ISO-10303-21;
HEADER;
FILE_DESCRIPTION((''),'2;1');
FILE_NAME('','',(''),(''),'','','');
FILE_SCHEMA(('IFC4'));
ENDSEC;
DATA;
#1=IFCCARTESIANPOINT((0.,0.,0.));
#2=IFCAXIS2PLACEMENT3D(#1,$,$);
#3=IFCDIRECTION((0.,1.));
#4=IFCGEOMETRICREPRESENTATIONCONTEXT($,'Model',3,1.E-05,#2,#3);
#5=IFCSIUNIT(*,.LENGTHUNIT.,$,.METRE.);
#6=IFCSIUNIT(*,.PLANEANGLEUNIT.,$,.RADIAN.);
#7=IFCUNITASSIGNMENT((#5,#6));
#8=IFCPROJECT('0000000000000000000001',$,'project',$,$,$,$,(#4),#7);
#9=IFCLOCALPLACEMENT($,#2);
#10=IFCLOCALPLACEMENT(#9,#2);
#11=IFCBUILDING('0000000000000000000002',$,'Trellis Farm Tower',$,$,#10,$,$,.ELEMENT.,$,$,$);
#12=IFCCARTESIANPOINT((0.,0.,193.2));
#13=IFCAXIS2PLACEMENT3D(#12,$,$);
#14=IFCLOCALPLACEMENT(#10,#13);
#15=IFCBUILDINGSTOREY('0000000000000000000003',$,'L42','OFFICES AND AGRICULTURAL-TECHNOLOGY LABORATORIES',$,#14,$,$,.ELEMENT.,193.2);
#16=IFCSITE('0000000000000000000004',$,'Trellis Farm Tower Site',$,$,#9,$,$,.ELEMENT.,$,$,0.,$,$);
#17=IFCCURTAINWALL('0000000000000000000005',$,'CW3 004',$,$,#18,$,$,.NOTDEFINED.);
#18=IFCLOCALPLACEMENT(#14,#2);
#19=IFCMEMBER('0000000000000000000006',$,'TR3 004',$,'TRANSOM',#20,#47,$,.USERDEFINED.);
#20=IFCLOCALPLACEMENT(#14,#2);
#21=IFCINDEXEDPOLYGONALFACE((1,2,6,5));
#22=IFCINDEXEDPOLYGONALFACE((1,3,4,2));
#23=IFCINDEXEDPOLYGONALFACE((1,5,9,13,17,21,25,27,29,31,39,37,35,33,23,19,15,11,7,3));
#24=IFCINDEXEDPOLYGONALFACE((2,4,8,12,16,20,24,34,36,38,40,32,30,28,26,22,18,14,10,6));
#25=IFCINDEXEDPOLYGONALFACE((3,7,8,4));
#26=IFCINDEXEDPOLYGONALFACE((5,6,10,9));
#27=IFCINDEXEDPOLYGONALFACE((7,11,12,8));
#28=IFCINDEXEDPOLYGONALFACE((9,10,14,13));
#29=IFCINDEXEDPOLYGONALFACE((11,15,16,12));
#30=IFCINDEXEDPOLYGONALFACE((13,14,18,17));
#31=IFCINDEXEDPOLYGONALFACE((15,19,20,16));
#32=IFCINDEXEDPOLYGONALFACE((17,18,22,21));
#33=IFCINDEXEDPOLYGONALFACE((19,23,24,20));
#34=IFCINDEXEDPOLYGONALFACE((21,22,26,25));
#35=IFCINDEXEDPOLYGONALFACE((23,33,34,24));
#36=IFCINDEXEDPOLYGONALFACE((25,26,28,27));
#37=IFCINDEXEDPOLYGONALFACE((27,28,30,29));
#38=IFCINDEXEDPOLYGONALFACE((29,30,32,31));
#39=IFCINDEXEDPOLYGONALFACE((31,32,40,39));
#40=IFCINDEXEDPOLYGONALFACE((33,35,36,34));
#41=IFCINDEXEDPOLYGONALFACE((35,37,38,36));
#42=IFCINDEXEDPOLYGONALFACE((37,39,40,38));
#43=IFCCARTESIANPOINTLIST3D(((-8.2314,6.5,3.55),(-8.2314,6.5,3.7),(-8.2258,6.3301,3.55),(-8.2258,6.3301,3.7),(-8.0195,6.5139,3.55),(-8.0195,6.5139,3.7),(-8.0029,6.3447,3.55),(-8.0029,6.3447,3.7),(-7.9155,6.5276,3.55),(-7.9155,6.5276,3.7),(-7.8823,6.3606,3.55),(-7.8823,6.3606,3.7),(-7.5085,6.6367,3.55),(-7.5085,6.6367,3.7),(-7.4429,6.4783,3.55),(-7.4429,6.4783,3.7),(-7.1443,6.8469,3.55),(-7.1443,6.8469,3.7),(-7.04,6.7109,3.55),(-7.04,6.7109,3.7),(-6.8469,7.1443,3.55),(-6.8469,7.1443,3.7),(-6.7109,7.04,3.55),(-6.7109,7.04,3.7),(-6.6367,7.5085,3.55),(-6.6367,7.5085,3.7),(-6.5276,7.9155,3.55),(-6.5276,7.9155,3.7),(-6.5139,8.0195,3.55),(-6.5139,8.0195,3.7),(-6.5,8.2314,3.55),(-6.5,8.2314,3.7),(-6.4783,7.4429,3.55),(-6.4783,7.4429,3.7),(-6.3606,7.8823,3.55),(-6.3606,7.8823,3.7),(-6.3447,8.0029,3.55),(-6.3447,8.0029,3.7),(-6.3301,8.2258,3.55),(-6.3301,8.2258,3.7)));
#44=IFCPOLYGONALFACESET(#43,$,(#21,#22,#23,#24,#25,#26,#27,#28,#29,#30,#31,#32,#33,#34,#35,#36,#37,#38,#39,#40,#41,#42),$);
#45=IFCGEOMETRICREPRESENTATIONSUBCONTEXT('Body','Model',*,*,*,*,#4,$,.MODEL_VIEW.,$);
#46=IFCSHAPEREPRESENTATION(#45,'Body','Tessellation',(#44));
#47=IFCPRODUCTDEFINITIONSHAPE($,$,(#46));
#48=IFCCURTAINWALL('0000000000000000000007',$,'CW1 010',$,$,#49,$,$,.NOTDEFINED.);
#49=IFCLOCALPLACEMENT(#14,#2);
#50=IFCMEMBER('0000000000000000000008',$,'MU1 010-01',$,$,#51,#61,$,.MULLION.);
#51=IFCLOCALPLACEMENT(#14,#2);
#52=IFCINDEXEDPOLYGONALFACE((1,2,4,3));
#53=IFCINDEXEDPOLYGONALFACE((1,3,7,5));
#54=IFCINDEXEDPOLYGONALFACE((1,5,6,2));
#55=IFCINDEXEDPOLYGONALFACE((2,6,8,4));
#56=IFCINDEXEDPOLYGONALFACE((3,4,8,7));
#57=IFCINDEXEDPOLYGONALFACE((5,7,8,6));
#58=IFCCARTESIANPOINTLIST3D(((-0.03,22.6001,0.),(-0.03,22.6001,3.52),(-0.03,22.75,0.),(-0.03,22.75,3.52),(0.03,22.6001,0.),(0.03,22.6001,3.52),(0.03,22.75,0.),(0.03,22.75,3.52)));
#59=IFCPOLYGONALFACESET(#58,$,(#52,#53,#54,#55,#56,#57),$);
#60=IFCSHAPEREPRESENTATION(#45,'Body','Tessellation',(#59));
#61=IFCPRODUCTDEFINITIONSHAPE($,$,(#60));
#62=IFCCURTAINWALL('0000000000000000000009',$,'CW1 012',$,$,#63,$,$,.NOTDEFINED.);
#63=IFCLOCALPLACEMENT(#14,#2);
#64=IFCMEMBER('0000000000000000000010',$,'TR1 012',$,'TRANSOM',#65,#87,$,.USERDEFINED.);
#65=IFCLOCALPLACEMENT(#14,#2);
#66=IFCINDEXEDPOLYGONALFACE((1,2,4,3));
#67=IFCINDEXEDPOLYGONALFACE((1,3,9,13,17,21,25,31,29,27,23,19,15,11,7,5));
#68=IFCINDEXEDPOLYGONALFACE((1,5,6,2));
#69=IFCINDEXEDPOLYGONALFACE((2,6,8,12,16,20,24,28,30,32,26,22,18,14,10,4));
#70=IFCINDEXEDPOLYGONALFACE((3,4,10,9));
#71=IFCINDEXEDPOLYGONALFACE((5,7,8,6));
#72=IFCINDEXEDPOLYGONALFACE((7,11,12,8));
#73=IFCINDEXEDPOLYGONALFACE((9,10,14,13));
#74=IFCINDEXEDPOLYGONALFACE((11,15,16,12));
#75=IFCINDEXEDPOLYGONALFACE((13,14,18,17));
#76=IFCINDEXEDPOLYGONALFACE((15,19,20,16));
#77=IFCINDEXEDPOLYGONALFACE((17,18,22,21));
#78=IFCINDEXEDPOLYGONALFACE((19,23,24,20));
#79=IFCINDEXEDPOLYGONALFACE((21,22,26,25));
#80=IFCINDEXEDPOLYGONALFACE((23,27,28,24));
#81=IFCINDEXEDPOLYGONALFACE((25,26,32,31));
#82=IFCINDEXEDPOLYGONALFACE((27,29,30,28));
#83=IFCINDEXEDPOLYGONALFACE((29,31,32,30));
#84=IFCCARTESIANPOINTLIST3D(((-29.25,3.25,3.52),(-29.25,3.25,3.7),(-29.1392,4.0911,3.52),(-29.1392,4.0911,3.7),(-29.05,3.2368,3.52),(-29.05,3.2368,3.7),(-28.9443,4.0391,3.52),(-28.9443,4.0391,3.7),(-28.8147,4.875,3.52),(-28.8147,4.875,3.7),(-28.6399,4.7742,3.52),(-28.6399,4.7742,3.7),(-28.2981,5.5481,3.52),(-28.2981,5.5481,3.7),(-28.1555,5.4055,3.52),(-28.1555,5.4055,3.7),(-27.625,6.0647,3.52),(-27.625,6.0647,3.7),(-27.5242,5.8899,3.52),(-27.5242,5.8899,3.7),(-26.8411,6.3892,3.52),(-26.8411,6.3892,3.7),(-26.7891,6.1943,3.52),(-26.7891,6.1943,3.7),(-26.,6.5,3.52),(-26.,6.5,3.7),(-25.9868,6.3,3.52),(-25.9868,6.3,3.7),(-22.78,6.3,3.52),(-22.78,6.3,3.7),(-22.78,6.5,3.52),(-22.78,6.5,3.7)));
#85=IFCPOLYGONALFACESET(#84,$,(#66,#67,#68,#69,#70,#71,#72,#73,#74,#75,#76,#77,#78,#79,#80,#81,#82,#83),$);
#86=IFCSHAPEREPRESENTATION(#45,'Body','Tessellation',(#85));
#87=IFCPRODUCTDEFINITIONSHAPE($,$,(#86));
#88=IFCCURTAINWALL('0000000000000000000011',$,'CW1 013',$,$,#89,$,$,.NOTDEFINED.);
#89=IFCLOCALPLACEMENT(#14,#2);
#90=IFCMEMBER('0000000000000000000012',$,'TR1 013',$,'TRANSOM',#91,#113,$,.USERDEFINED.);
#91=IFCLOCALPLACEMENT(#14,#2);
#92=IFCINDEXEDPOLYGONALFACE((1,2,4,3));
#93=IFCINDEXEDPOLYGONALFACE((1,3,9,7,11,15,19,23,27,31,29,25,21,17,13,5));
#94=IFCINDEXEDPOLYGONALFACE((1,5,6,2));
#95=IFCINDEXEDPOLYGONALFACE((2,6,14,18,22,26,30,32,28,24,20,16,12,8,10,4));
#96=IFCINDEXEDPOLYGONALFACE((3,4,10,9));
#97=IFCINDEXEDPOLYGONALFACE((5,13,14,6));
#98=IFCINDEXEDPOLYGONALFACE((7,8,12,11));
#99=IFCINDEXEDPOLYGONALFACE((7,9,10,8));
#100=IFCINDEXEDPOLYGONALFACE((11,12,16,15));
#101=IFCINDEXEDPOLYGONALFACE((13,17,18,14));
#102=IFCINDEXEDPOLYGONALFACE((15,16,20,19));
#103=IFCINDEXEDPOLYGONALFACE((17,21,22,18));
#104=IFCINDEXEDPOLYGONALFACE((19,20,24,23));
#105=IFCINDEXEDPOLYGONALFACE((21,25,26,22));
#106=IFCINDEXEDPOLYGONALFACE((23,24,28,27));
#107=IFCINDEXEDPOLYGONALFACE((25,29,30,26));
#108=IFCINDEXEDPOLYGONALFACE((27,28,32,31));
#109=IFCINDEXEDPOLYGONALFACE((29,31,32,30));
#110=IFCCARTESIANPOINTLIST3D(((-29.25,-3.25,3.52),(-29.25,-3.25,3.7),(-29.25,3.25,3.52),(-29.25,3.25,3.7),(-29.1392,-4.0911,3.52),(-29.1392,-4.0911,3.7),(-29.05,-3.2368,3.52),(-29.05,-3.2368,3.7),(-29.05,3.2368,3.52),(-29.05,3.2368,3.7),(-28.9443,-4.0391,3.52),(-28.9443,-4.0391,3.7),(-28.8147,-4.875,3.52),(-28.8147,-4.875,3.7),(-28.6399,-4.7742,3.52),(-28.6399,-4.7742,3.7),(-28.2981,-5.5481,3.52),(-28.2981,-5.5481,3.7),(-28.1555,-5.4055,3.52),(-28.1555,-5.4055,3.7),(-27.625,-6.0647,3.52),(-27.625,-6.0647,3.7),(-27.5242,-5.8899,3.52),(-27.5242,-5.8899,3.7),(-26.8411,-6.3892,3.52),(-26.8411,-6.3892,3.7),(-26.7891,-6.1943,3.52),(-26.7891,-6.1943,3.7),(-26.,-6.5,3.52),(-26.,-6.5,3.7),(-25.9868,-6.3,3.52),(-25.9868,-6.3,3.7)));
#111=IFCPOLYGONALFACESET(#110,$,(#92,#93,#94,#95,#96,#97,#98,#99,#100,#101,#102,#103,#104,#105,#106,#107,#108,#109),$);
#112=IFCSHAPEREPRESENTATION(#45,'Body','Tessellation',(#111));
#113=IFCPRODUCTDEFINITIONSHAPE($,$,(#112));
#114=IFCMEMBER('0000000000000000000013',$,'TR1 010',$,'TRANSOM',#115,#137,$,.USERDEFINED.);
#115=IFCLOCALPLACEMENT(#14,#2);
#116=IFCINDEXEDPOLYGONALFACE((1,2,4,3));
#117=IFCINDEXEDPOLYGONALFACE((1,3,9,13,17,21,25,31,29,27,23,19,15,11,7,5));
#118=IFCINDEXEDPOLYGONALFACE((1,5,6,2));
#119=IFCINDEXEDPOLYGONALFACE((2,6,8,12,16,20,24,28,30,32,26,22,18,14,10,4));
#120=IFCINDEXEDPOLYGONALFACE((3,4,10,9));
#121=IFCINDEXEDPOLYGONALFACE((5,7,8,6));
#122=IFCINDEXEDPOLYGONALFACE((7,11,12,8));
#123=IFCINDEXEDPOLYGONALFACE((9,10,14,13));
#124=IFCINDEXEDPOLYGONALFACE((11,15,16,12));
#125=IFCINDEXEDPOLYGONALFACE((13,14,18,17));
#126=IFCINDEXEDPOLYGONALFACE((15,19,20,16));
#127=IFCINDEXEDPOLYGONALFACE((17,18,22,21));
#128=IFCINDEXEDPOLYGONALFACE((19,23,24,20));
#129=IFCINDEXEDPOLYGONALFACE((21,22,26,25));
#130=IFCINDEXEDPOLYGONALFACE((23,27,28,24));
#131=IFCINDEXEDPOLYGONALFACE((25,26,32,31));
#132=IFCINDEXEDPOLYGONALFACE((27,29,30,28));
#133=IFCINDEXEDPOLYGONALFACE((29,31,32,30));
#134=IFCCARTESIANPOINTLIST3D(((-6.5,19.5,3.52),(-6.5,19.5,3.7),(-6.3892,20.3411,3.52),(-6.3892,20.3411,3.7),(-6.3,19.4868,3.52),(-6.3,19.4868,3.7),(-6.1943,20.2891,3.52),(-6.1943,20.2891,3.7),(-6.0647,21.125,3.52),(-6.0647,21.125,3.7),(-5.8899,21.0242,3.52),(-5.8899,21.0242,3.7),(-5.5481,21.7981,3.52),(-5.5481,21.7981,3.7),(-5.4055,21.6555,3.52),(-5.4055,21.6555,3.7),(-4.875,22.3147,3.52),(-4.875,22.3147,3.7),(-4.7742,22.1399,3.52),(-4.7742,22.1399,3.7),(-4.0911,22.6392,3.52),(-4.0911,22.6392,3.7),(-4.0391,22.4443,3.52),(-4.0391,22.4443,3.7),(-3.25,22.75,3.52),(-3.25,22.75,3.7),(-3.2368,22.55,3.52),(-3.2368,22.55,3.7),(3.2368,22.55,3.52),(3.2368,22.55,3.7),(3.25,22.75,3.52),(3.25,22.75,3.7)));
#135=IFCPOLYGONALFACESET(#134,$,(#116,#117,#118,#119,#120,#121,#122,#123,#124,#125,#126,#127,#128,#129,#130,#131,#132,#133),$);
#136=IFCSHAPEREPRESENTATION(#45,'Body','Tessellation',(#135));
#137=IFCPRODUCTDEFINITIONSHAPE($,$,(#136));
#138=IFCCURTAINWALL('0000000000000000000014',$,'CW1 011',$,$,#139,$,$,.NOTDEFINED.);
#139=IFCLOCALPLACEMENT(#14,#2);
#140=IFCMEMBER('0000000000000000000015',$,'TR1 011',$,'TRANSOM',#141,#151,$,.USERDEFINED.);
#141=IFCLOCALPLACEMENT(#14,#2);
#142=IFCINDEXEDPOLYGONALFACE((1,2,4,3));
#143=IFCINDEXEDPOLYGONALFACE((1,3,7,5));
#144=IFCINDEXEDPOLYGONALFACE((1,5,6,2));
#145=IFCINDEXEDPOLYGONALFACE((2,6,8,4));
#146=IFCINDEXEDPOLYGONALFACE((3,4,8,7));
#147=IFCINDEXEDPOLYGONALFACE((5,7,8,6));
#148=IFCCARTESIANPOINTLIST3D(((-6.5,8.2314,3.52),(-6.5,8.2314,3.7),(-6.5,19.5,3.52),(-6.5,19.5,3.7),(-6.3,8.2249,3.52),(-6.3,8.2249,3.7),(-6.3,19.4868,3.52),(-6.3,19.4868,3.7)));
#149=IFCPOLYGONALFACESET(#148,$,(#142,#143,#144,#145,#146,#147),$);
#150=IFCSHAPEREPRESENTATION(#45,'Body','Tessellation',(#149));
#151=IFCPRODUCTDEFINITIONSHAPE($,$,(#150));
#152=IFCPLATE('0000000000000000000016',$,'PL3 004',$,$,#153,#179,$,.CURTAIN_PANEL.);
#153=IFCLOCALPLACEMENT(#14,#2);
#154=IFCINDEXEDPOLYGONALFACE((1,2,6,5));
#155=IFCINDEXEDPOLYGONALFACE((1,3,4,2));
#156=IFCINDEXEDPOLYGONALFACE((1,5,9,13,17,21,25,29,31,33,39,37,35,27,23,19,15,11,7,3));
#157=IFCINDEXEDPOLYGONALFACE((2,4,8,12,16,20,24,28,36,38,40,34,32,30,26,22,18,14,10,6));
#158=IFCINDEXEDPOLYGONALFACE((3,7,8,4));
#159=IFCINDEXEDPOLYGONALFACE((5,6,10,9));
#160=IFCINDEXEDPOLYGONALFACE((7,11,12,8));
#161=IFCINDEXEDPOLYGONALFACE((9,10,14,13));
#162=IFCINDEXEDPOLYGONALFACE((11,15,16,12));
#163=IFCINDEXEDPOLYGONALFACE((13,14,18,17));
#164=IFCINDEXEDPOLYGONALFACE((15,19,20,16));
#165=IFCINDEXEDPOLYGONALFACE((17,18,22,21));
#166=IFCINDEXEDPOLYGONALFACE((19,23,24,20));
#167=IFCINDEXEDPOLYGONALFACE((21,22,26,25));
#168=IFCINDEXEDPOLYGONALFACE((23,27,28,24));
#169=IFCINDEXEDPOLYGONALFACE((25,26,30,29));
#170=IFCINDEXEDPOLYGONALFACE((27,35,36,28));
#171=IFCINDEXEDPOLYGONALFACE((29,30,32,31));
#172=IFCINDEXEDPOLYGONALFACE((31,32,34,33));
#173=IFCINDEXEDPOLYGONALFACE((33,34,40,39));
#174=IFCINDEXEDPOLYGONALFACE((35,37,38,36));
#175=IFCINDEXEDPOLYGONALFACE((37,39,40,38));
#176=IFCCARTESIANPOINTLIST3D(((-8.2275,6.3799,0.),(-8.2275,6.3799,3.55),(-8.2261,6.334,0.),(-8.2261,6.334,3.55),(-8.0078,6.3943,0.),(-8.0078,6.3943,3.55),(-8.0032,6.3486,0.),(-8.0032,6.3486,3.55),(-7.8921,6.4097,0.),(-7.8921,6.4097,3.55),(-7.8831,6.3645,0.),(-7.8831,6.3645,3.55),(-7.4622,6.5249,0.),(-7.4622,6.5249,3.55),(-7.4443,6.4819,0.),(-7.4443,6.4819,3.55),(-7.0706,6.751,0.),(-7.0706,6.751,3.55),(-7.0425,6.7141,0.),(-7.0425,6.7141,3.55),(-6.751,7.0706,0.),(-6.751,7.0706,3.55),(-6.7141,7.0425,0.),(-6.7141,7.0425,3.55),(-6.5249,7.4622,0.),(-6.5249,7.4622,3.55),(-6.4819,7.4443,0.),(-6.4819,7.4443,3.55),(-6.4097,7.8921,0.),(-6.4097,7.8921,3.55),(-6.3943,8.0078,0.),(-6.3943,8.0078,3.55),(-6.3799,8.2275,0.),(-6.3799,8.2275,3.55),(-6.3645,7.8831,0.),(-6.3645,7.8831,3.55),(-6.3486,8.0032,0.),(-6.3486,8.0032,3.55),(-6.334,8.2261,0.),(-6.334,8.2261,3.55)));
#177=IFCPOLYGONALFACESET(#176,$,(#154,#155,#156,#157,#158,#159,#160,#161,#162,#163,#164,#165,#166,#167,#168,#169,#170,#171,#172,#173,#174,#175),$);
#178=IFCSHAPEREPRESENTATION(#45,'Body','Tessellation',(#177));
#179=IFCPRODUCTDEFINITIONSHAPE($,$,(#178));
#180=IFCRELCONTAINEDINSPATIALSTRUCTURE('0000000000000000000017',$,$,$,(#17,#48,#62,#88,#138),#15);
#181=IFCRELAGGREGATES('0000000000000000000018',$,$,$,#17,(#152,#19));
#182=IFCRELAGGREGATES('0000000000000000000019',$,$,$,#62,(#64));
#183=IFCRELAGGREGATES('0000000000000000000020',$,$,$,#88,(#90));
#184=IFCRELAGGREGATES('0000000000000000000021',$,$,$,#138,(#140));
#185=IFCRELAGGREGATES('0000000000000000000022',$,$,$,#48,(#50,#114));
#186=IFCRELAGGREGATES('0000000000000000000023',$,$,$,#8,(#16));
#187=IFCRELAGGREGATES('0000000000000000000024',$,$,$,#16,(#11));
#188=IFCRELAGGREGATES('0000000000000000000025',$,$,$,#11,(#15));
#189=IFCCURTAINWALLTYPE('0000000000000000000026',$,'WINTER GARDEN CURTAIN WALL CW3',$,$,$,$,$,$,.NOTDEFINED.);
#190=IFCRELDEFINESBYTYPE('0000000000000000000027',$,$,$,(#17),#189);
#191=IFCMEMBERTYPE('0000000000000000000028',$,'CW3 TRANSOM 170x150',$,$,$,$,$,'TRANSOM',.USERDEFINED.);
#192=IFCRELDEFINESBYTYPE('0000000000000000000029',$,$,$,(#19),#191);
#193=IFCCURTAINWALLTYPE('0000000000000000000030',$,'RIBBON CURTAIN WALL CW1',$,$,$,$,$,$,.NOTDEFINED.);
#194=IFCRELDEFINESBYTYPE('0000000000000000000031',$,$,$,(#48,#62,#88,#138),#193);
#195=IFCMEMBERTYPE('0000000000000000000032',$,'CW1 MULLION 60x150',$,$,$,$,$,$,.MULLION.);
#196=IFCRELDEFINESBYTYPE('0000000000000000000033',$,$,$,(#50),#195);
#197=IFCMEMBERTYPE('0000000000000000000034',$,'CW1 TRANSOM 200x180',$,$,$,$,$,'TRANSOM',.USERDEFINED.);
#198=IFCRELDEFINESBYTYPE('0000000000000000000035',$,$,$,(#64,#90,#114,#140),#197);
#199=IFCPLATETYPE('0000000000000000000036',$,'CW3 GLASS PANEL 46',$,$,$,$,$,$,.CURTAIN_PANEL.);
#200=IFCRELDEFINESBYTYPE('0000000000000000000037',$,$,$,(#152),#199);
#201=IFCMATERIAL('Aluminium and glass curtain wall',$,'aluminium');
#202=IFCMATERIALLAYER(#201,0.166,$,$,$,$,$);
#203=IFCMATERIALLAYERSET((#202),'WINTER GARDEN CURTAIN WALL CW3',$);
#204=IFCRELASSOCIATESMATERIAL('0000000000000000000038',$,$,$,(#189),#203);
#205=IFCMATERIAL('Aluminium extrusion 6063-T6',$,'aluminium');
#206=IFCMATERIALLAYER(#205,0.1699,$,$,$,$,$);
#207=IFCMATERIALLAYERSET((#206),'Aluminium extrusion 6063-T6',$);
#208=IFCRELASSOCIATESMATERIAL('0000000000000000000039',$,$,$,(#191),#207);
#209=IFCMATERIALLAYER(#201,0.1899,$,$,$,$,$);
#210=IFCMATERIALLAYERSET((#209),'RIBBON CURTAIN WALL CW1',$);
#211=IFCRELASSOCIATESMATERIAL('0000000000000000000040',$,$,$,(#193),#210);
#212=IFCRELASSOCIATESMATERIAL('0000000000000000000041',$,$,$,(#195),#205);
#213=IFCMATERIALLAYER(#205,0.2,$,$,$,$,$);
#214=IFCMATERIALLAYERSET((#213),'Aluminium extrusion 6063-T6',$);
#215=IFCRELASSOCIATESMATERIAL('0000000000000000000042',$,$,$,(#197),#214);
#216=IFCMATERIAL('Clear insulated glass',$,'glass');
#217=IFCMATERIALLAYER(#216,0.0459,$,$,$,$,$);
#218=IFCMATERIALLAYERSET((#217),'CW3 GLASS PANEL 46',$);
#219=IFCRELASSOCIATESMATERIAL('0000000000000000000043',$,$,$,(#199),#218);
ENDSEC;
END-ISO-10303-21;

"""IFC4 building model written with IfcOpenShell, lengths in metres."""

from ifc_helpers import new_model, si_unit, direction, frame, origin, origin_2d, place, context, subcontext, project, spatial, polyline, rectangle, outline, extrude, source, transform, mapped, material, layer, layer_set, material_profile, profile_set, type_object, element, aggregate, save


model = new_model("IFC4")

# Units and contexts
model_context = context("Model", 3, precision=1e-05, world=origin(), true_north=direction((0.0, 1.0)))
body_context = subcontext(model_context, "Body", "Model", "MODEL_VIEW")
ifc_project = project(units=[si_unit("LENGTHUNIT", "METRE"), si_unit("PLANEANGLEUNIT", "RADIAN")], contexts=[model_context])

# Site, building, storey
site_placement = place(None, origin())
site = spatial("IfcSite", under=ifc_project, at=site_placement, Name="Trellis Farm Tower Site", CompositionType="ELEMENT", RefElevation=0.0)
building_placement = place(site_placement, origin())
building = spatial("IfcBuilding", under=site, at=building_placement, Name="Trellis Farm Tower", CompositionType="ELEMENT")
storey_placement = place(building_placement, frame((0.0, 0.0, 193.2)))
storey = spatial("IfcBuildingStorey", under=building, at=storey_placement, Name="L42", Description="OFFICES AND AGRICULTURAL-TECHNOLOGY LABORATORIES", CompositionType="ELEMENT", Elevation=193.2)

# Curtain walls, members
ifc_material_1 = material(Name="Aluminium and glass curtain wall", Category="aluminium")
ifc_layer_1 = layer(ifc_material_1, 0.166)
ifc_layer_set_1 = layer_set([ifc_layer_1], Name="WINTER GARDEN CURTAIN WALL CW3")
curtain_wall_type_1 = type_object("IfcCurtainWallType", Name="WINTER GARDEN CURTAIN WALL CW3", PredefinedType="NOTDEFINED", material=ifc_layer_set_1)
placement_1 = place(storey_placement, origin())
curtain_wall_1 = element("IfcCurtainWall", 1, at=placement_1, inside=storey, type_object=curtain_wall_type_1, Name="CW3 004", PredefinedType="NOTDEFINED")
ifc_material_2 = material(Name="Aluminium extrusion 6063-T6", Category="aluminium")
ifc_layer_2 = layer(ifc_material_2, 0.1699)
ifc_layer_set_2 = layer_set([ifc_layer_2], Name="Aluminium extrusion 6063-T6")
member_type_1 = type_object("IfcMemberType", Name="CW3 TRANSOM 170x150", ElementType="TRANSOM", PredefinedType="USERDEFINED", material=ifc_layer_set_2)
shared_shape_1 = source(origin(), body_context, "Body", "SweptSolid", [
    extrude(outline(polyline([(-6.5, 8.2314), (-6.5139, 8.0195), (-6.5276, 7.9155), (-6.6367, 7.5085), (-6.8469, 7.1443), (-7.1443, 6.8469), (-7.5085, 6.6367), (-7.9155, 6.5276), (-8.0195, 6.5139), (-8.2314, 6.5), (-8.2258, 6.3301), (-8.0029, 6.3447), (-7.8823, 6.3606), (-7.4429, 6.4783), (-7.04, 6.7109), (-6.7109, 7.04), (-6.4783, 7.4429), (-6.3606, 7.8823), (-6.3447, 8.0029), (-6.3301, 8.2258), (-6.5, 8.2314)])), origin(), (0.0, 0.0, 1.0), 0.1499),
])
member_1_placement = place(storey_placement, frame((0.0, 0.0, 3.55)))
member_1 = element("IfcMember", 2, at=member_1_placement, type_object=member_type_1, Name="TR3 004", ObjectType="TRANSOM", PredefinedType="USERDEFINED", context=body_context, shape_type="MappedRepresentation", body=[
    mapped(shared_shape_1, transform((0.0, 0.0, 0.0))),
])
ifc_layer_3 = layer(ifc_material_1, 0.1899)
ifc_layer_set_3 = layer_set([ifc_layer_3], Name="RIBBON CURTAIN WALL CW1")
curtain_wall_type_2 = type_object("IfcCurtainWallType", Name="RIBBON CURTAIN WALL CW1", PredefinedType="NOTDEFINED", material=ifc_layer_set_3)
curtain_wall_2 = element("IfcCurtainWall", 3, at=placement_1, inside=storey, type_object=curtain_wall_type_2, Name="CW1 010", PredefinedType="NOTDEFINED")
ifc_material_profile = material_profile(ifc_material_2, rectangle(XDim=0.0601, YDim=0.1499, at=origin_2d()), Name="MULLION 60x150")
ifc_profile_set = profile_set([ifc_material_profile], Name="Aluminium extrusion 6063-T6")
member_type_2 = type_object("IfcMemberType", Name="CW1 MULLION 60x150", PredefinedType="MULLION", material=ifc_profile_set)
shared_shape_2 = source(origin(), body_context, "Body", "SweptSolid", [
    extrude(rectangle(XDim=0.0601, YDim=0.1499, at=origin_2d()), origin(), (0.0, 0.0, 1.0), 3.52),
])
member_2_placement = place(storey_placement, frame((0.0, 22.675, 0.0), z_axis=(0.0, 0.0, 1.0), x_axis=(-1.0, 0.0, 0.0)))
member_2 = element("IfcMember", 4, at=member_2_placement, type_object=member_type_2, Name="MU1 010-01", PredefinedType="MULLION", context=body_context, shape_type="MappedRepresentation", body=[
    mapped(shared_shape_2, transform((0.0, 0.0, 0.0))),
])
curtain_wall_3 = element("IfcCurtainWall", 5, at=placement_1, inside=storey, type_object=curtain_wall_type_2, Name="CW1 012", PredefinedType="NOTDEFINED")
ifc_layer_4 = layer(ifc_material_2, 0.2)
ifc_layer_set_4 = layer_set([ifc_layer_4], Name="Aluminium extrusion 6063-T6")
member_type_3 = type_object("IfcMemberType", Name="CW1 TRANSOM 200x180", ElementType="TRANSOM", PredefinedType="USERDEFINED", material=ifc_layer_set_4)
shared_shape_3 = source(origin(), body_context, "Body", "SweptSolid", [
    extrude(outline(polyline([(-22.78, 6.5), (-26.0, 6.5), (-26.8411, 6.3892), (-27.625, 6.0647), (-28.2981, 5.5481), (-28.8147, 4.875), (-29.1392, 4.0911), (-29.25, 3.25), (-29.05, 3.2368), (-28.9443, 4.0391), (-28.6399, 4.7742), (-28.1555, 5.4055), (-27.5242, 5.8899), (-26.7891, 6.1943), (-25.9868, 6.3), (-22.78, 6.3), (-22.78, 6.5)])), origin(), (0.0, 0.0, 1.0), 0.1799),
])
placement_2 = place(storey_placement, frame((0.0, 0.0, 3.52)))
member_3 = element("IfcMember", 6, at=placement_2, type_object=member_type_3, Name="TR1 012", ObjectType="TRANSOM", PredefinedType="USERDEFINED", context=body_context, shape_type="MappedRepresentation", body=[
    mapped(shared_shape_3, transform((0.0, 0.0, 0.0))),
])
curtain_wall_4 = element("IfcCurtainWall", 7, at=placement_1, inside=storey, type_object=curtain_wall_type_2, Name="CW1 013", PredefinedType="NOTDEFINED")
shared_shape_4 = source(origin(), body_context, "Body", "SweptSolid", [
    extrude(outline(polyline([(-29.25, 3.25), (-29.25, -3.25), (-29.1392, -4.0911), (-28.8147, -4.875), (-28.2981, -5.5481), (-27.625, -6.0647), (-26.8411, -6.3892), (-26.0, -6.5), (-25.9868, -6.3), (-26.7891, -6.1943), (-27.5242, -5.8899), (-28.1555, -5.4055), (-28.6399, -4.7742), (-28.9443, -4.0391), (-29.05, -3.2368), (-29.05, 3.2368), (-29.25, 3.25)])), origin(), (0.0, 0.0, 1.0), 0.1799),
])
member_4 = element("IfcMember", 8, at=placement_2, type_object=member_type_3, Name="TR1 013", ObjectType="TRANSOM", PredefinedType="USERDEFINED", context=body_context, shape_type="MappedRepresentation", body=[
    mapped(shared_shape_4, transform((0.0, 0.0, 0.0))),
])

# Member
shared_shape_5 = source(origin(), body_context, "Body", "SweptSolid", [
    extrude(outline(polyline([(3.25, 22.75), (-3.25, 22.75), (-4.0911, 22.6392), (-4.875, 22.3147), (-5.5481, 21.7981), (-6.0647, 21.125), (-6.3892, 20.3411), (-6.5, 19.5), (-6.3, 19.4868), (-6.1943, 20.2891), (-5.8899, 21.0242), (-5.4055, 21.6555), (-4.7742, 22.1399), (-4.0391, 22.4443), (-3.2368, 22.55), (3.2368, 22.55), (3.25, 22.75)])), origin(), (0.0, 0.0, 1.0), 0.1799),
])
member_5 = element("IfcMember", 9, at=placement_2, type_object=member_type_3, Name="TR1 010", ObjectType="TRANSOM", PredefinedType="USERDEFINED", context=body_context, shape_type="MappedRepresentation", body=[
    mapped(shared_shape_5, transform((0.0, 0.0, 0.0))),
])

# Curtain wall, member
curtain_wall_5 = element("IfcCurtainWall", 10, at=placement_1, inside=storey, type_object=curtain_wall_type_2, Name="CW1 011", PredefinedType="NOTDEFINED")
shared_shape_6 = source(origin(), body_context, "Body", "SweptSolid", [
    extrude(outline(polyline([(-6.5, 19.5), (-6.5, 8.2314), (-6.3, 8.2249), (-6.3, 19.4868), (-6.5, 19.5)])), origin(), (0.0, 0.0, 1.0), 0.1799),
])
member_6 = element("IfcMember", 11, at=placement_2, type_object=member_type_3, Name="TR1 011", ObjectType="TRANSOM", PredefinedType="USERDEFINED", context=body_context, shape_type="MappedRepresentation", body=[
    mapped(shared_shape_6, transform((0.0, 0.0, 0.0))),
])

# Plate
ifc_material_3 = material(Name="Clear insulated glass", Category="glass")
ifc_layer_5 = layer(ifc_material_3, 0.0459)
ifc_layer_set_5 = layer_set([ifc_layer_5], Name="CW3 GLASS PANEL 46")
plate_type_1 = type_object("IfcPlateType", Name="CW3 GLASS PANEL 46", PredefinedType="CURTAIN_PANEL", material=ifc_layer_set_5)
shared_shape_7 = source(origin(), body_context, "Body", "SweptSolid", [
    extrude(outline(polyline([(-6.3799, 8.2275), (-6.3943, 8.0078), (-6.4097, 7.8921), (-6.5249, 7.4622), (-6.751, 7.0706), (-7.0706, 6.751), (-7.4622, 6.5249), (-7.8921, 6.4097), (-8.0078, 6.3943), (-8.2275, 6.3799), (-8.2261, 6.334), (-8.0032, 6.3486), (-7.8831, 6.3645), (-7.4443, 6.4819), (-7.0425, 6.7141), (-6.7141, 7.0425), (-6.4819, 7.4443), (-6.3645, 7.8831), (-6.3486, 8.0032), (-6.334, 8.2261), (-6.3799, 8.2275)])), origin(), (0.0, 0.0, 1.0), 3.55),
])
plate_1 = element("IfcPlate", 12, at=placement_1, type_object=plate_type_1, Name="PL3 004", PredefinedType="CURTAIN_PANEL", context=body_context, shape_type="MappedRepresentation", body=[
    mapped(shared_shape_7, transform((0.0, 0.0, 0.0))),
])
aggregate(curtain_wall_1, [plate_1, member_1])
aggregate(curtain_wall_3, [member_3])
aggregate(curtain_wall_4, [member_4])
aggregate(curtain_wall_5, [member_6])
aggregate(curtain_wall_2, [member_2, member_5])

save(model, "model.ifc")
